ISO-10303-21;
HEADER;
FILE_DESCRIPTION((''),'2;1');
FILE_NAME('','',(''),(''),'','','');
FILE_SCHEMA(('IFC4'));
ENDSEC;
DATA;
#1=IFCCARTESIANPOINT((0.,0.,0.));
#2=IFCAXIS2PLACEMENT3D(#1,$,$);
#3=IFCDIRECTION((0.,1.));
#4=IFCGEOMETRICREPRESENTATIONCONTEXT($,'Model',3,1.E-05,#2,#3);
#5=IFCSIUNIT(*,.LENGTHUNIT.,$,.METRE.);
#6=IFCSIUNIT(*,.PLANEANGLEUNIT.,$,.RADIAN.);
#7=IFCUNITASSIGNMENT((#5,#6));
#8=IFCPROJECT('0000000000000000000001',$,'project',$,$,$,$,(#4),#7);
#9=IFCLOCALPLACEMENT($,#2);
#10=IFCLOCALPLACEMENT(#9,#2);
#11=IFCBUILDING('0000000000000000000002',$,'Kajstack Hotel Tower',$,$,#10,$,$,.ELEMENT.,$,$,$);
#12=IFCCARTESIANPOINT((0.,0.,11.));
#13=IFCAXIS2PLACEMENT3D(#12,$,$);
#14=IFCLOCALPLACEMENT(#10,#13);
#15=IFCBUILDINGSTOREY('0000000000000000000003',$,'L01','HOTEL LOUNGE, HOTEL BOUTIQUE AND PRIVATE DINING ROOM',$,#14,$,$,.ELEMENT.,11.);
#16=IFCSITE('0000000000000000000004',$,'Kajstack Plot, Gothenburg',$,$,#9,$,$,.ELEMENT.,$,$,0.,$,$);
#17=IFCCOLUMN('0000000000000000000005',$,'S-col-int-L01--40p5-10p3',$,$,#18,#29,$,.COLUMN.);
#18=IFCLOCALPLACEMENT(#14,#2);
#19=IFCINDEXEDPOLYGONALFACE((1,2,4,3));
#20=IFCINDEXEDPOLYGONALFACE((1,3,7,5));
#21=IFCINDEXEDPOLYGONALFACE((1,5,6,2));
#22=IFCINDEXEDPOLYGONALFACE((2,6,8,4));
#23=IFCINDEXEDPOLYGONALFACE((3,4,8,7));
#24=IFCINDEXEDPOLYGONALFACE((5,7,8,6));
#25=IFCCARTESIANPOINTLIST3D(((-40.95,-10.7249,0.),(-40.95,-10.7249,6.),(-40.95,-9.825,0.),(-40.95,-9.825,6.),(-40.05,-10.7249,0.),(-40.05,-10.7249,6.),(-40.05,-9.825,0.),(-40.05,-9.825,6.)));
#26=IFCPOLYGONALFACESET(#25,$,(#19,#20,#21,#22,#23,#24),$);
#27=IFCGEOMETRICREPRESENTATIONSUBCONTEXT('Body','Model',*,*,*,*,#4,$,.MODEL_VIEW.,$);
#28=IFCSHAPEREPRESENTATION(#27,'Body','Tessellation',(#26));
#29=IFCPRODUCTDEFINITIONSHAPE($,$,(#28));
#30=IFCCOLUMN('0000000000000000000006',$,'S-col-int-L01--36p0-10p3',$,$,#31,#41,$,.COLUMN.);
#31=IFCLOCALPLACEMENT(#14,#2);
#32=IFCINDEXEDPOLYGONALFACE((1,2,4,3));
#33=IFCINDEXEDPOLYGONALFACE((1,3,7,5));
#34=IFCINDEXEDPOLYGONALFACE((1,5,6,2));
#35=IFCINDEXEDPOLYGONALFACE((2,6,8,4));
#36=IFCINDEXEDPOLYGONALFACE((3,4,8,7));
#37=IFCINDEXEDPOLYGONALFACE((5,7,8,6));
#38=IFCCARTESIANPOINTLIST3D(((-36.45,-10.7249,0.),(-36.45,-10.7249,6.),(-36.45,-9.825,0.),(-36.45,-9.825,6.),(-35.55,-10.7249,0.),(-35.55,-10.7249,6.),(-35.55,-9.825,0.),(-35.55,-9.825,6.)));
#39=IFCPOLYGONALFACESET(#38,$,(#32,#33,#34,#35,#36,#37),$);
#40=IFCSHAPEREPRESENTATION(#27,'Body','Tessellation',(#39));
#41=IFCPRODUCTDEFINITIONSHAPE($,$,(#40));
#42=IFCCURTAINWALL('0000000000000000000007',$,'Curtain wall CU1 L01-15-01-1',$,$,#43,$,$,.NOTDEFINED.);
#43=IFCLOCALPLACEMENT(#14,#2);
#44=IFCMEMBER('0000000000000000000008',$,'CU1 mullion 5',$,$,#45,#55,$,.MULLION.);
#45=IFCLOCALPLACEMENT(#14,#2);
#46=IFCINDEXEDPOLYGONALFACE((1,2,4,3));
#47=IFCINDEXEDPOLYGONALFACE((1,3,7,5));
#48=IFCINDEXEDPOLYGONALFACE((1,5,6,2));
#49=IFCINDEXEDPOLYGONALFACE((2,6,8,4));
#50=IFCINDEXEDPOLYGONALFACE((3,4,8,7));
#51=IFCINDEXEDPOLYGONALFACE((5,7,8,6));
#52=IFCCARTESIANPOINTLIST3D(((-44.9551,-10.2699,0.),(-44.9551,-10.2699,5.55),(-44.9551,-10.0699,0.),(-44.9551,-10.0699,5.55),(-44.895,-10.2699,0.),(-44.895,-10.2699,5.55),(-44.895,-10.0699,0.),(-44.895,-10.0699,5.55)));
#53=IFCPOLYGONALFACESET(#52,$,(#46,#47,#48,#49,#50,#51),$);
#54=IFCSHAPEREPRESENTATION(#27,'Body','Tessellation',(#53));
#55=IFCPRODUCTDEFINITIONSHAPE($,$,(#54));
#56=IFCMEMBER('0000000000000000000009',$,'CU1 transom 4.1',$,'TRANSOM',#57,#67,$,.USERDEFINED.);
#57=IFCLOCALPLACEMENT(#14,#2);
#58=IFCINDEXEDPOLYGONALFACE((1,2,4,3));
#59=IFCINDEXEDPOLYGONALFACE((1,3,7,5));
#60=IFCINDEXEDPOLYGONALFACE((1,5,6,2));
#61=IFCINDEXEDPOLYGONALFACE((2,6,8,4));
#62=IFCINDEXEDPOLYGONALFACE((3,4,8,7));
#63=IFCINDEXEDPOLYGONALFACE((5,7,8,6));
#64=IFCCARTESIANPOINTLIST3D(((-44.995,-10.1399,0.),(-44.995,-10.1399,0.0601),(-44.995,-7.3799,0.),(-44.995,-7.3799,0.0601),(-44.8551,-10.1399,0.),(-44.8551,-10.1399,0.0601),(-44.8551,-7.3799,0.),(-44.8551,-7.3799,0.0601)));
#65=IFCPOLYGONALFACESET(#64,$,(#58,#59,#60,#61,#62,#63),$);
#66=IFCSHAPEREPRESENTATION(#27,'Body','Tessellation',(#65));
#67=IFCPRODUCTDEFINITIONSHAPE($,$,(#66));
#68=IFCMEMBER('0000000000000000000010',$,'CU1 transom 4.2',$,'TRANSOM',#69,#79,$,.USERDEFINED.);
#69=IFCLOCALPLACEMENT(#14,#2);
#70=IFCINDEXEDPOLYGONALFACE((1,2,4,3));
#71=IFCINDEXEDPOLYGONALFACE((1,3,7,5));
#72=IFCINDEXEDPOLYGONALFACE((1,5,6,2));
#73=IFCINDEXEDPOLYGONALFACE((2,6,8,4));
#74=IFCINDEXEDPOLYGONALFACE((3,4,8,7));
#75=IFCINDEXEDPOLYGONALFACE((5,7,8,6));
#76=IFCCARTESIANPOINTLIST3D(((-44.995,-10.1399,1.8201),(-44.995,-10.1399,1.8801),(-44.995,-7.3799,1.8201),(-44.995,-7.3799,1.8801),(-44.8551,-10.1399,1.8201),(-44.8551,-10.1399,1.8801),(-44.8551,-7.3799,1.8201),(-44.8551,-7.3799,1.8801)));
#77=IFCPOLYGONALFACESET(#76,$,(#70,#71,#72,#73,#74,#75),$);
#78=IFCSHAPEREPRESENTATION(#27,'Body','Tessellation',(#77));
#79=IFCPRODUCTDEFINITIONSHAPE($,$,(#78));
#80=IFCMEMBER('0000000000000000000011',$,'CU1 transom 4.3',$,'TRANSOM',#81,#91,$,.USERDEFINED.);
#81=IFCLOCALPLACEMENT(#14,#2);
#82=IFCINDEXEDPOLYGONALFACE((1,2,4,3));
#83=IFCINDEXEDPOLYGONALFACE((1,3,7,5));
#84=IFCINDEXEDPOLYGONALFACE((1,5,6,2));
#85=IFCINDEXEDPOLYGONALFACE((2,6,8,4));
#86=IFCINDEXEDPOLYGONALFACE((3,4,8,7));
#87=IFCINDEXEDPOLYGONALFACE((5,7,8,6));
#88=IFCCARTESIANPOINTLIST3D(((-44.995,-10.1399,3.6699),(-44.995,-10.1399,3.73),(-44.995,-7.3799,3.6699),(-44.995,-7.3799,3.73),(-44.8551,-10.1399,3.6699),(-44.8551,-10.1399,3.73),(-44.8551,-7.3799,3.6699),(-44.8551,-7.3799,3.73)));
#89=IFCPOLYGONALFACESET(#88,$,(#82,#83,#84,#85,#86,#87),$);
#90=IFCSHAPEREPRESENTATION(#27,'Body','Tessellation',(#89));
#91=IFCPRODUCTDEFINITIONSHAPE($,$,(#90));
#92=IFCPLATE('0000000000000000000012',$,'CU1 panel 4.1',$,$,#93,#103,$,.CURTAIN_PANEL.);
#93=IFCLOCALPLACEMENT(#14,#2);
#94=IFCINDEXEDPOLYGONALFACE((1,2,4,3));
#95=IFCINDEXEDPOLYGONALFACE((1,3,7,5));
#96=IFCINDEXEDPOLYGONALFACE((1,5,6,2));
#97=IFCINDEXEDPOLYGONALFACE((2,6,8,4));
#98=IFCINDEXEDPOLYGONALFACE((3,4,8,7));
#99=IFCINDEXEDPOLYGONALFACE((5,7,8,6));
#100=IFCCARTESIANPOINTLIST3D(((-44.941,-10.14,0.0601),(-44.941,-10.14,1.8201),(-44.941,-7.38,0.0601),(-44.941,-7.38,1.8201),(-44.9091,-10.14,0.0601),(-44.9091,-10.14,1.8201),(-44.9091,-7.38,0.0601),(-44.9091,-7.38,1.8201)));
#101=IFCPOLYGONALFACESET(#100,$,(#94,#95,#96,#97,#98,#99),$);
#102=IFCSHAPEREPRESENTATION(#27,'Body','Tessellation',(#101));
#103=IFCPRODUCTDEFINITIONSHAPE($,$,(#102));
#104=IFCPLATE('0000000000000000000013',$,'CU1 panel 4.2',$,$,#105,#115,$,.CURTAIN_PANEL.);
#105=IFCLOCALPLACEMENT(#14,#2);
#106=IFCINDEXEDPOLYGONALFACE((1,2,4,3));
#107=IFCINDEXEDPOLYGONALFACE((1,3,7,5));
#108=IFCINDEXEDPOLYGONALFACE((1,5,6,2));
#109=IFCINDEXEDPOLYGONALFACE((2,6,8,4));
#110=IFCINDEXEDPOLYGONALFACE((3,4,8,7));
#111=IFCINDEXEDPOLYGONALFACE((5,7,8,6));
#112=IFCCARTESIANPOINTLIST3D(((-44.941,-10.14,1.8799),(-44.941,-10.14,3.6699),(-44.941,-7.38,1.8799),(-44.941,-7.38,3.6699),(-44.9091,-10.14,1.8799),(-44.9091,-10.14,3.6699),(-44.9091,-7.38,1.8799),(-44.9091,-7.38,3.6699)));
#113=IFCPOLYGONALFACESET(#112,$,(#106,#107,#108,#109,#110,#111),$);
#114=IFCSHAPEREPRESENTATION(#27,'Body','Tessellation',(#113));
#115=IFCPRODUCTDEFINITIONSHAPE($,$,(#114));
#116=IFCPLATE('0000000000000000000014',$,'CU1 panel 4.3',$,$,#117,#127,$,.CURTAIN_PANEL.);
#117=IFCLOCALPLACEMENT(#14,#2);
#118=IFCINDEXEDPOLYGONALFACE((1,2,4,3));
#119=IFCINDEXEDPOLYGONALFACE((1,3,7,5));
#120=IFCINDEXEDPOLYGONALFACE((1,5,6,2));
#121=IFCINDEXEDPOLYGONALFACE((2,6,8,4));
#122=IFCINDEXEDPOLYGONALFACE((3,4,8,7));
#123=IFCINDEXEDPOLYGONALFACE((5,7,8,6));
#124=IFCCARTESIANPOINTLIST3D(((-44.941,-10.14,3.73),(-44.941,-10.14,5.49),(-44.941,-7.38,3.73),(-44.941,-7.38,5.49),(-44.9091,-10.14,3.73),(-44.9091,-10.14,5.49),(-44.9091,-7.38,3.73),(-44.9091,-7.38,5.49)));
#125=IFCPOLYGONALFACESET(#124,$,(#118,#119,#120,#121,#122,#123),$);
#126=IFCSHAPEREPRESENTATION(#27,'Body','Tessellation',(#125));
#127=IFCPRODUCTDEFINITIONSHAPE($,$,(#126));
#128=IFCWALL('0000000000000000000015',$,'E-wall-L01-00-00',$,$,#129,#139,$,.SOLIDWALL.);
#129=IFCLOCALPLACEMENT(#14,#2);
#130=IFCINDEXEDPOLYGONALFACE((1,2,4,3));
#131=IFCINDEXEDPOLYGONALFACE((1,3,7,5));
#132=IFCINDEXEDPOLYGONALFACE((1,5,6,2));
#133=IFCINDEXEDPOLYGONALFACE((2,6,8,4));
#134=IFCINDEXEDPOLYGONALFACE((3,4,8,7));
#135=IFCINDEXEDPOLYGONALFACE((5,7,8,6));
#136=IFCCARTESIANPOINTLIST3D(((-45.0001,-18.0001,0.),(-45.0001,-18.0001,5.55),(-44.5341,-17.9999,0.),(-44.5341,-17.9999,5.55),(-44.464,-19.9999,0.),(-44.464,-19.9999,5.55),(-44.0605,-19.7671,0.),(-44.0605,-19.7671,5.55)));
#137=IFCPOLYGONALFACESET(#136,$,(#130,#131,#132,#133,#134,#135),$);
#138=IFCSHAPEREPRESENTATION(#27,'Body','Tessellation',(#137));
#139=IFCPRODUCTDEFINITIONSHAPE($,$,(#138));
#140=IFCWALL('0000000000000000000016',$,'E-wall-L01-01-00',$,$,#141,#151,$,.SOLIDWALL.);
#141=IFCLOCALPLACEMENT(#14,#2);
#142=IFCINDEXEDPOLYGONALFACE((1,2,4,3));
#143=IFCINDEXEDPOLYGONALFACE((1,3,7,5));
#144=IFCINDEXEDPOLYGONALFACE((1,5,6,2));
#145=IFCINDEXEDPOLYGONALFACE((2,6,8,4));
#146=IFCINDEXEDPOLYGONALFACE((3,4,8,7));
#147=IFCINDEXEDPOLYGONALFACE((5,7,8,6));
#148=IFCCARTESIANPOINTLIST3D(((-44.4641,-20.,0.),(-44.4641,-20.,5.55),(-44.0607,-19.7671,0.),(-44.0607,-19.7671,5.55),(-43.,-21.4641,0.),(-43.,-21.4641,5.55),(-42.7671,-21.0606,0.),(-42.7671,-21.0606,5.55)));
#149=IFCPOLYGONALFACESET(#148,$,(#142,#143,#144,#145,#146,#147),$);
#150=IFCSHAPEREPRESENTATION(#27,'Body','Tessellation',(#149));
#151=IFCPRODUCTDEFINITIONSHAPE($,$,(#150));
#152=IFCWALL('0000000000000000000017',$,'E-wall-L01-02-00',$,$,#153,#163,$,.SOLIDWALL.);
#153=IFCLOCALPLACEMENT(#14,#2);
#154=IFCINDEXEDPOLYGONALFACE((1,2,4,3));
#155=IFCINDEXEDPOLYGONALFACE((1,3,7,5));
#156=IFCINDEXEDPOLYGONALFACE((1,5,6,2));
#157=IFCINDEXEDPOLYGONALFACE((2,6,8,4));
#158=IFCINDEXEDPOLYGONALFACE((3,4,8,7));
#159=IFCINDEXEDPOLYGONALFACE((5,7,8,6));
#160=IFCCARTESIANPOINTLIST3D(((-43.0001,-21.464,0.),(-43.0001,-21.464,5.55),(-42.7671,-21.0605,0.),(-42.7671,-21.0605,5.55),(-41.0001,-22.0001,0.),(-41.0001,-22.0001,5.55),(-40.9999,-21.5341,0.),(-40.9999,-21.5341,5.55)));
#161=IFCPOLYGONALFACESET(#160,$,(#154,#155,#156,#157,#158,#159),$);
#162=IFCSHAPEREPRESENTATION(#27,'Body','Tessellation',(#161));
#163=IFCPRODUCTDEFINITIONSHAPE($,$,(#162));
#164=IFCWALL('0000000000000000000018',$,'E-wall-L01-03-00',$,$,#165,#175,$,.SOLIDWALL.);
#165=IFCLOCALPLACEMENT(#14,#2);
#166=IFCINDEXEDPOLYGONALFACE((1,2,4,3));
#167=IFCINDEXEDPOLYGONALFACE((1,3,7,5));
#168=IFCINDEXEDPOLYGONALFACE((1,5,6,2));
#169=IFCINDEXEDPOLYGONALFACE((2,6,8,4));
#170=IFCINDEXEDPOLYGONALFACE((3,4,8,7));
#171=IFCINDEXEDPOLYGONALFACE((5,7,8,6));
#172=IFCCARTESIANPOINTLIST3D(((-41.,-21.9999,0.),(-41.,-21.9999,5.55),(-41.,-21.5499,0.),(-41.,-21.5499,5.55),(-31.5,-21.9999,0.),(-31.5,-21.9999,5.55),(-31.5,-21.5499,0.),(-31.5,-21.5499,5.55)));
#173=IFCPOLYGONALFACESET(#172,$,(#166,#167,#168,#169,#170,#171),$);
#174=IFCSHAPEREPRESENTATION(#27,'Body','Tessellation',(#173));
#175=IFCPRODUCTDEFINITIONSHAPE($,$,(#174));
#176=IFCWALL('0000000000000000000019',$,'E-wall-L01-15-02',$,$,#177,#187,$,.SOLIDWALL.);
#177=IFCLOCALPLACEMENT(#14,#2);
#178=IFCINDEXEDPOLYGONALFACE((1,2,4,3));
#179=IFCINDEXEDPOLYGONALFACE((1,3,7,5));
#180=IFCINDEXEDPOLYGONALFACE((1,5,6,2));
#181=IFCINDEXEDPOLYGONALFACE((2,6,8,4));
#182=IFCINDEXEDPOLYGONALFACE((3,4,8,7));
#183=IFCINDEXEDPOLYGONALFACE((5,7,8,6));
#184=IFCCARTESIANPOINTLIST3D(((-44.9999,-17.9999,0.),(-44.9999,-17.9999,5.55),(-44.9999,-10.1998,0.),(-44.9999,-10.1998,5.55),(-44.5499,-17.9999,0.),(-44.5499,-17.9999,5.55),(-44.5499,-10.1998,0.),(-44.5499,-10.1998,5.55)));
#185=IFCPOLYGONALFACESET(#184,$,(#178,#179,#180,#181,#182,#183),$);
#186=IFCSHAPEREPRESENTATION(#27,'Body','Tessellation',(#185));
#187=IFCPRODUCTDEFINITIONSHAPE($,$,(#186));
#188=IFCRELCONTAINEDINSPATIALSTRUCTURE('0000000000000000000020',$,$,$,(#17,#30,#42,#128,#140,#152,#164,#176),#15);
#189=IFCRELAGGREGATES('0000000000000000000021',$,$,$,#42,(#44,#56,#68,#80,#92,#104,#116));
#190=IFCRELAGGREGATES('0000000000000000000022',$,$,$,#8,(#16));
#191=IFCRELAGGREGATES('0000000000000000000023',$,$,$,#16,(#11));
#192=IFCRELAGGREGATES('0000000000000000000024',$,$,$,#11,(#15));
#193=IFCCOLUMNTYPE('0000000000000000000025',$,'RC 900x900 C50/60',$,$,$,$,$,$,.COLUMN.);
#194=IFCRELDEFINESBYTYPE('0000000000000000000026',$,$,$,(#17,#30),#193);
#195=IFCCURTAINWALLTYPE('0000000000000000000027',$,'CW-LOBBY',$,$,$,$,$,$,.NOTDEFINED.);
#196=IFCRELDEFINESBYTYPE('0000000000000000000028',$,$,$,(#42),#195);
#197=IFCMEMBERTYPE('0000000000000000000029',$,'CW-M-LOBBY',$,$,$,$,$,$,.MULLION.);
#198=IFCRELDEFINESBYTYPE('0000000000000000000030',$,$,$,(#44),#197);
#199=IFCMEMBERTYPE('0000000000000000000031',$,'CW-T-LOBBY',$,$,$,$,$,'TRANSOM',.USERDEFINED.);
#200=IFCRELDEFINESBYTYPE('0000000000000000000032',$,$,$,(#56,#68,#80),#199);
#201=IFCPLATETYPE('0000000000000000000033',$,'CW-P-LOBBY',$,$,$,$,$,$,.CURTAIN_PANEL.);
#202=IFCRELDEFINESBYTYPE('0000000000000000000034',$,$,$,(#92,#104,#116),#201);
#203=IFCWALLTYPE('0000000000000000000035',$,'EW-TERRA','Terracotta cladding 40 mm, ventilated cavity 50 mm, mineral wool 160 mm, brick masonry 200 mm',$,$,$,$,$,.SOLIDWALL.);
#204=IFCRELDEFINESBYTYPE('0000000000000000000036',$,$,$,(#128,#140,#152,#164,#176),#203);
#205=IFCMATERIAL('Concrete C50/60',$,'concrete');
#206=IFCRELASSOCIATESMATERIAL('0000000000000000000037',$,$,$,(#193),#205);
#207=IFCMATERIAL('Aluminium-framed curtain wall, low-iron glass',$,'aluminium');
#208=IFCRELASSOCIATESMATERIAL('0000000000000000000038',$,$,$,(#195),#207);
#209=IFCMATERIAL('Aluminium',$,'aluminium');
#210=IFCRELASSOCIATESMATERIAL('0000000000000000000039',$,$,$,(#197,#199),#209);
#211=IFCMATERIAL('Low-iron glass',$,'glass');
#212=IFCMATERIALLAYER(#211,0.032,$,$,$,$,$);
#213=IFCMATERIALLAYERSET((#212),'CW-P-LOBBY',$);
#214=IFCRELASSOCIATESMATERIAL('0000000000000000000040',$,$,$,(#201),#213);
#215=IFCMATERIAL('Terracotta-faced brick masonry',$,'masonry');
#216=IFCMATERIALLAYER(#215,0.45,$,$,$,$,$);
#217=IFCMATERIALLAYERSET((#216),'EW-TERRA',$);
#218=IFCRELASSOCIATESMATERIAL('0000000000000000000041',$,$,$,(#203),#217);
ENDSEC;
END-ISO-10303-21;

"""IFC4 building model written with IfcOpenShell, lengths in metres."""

from ifc_helpers import new_model, si_unit, direction, frame, frame_2d, origin, origin_2d, place, context, subcontext, project, spatial, polyline, rectangle, outline, extrude, material, layer, layer_set, material_profile, profile_set, type_object, element, aggregate, save


model = new_model("IFC4")

# Units and contexts
model_context = context("Model", 3, precision=1e-05, world=origin(), true_north=direction((0.0, 1.0)))
body_context = subcontext(model_context, "Body", "Model", "MODEL_VIEW")
ifc_project = project(units=[si_unit("LENGTHUNIT", "METRE"), si_unit("PLANEANGLEUNIT", "RADIAN")], contexts=[model_context])

# Site, building, storey
site_placement = place(None, origin())
site = spatial("IfcSite", under=ifc_project, at=site_placement, Name="Kajstack Plot, Gothenburg", CompositionType="ELEMENT", RefElevation=0.0)
building_placement = place(site_placement, origin())
building = spatial("IfcBuilding", under=site, at=building_placement, Name="Kajstack Hotel Tower", CompositionType="ELEMENT")
storey_placement = place(building_placement, frame((0.0, 0.0, 11.0)))
storey = spatial("IfcBuildingStorey", under=building, at=storey_placement, Name="L01", Description="HOTEL LOUNGE, HOTEL BOUTIQUE AND PRIVATE DINING ROOM", CompositionType="ELEMENT", Elevation=11.0)

# Columns
ifc_material_1 = material(Name="Concrete C50/60", Category="concrete")
ifc_material_profile_1 = material_profile(ifc_material_1, rectangle(XDim=0.8999, YDim=0.8999, at=origin_2d()), Name="RC 900x900")
ifc_profile_set_1 = profile_set([ifc_material_profile_1], Name="Concrete C50/60")
column_type = type_object("IfcColumnType", Name="RC 900x900 C50/60", PredefinedType="COLUMN", material=ifc_profile_set_1)
for number, where, z_axis, x_axis, name in (
    (1, (-40.5, -10.2749, 0.0), (0.0, 0.0, 1.0), (1.0, 0.0, 0.0), "S-col-int-L01--40p5-10p3"),
    (2, (-36.0, -10.2749, 0.0), (0.0, 0.0, 1.0), (1.0, 0.0, 0.0), "S-col-int-L01--36p0-10p3"),
):
    element("IfcColumn", number, at=place(storey_placement, frame(where, z_axis=z_axis, x_axis=x_axis)), inside=storey, type_object=column_type, Name=name, PredefinedType="COLUMN", context=body_context, shape_type="SweptSolid", body=[
        extrude(rectangle(XDim=0.8999, YDim=0.8999, at=origin_2d()), origin(), (0.0, 0.0, 1.0), 6.0),
    ])

# Curtain wall, members, plates
ifc_material_2 = material(Name="Aluminium-framed curtain wall, low-iron glass", Category="aluminium")
curtain_wall_type = type_object("IfcCurtainWallType", Name="CW-LOBBY", PredefinedType="NOTDEFINED", material=ifc_material_2)
curtain_wall_placement = place(storey_placement, origin())
curtain_wall = element("IfcCurtainWall", 3, at=curtain_wall_placement, inside=storey, type_object=curtain_wall_type, Name="Curtain wall CU1 L01-15-01-1", PredefinedType="NOTDEFINED")
ifc_material_3 = material(Name="Aluminium", Category="aluminium")
ifc_material_profile_2 = material_profile(ifc_material_3, rectangle(XDim=0.0601, YDim=0.2, at=origin_2d()), Name="Aluminium mullion 60 x 200")
ifc_profile_set_2 = profile_set([ifc_material_profile_2], Name="Aluminium")
member_type_1 = type_object("IfcMemberType", Name="CW-M-LOBBY", PredefinedType="MULLION", material=ifc_profile_set_2)
member_1_placement = place(storey_placement, frame((-44.925, -10.1699, 0.0), z_axis=(0.0, 0.0, 1.0), x_axis=(1.0, 0.0, 0.0)))
member_1 = element("IfcMember", 4, at=member_1_placement, type_object=member_type_1, Name="CU1 mullion 5", PredefinedType="MULLION", context=body_context, shape_type="SweptSolid", body=[
    extrude(rectangle(XDim=0.0601, YDim=0.2, at=origin_2d()), origin(), (0.0, 0.0, 1.0), 5.55),
])
ifc_material_profile_3 = material_profile(ifc_material_3, rectangle(XDim=0.1399, YDim=0.0601, at=origin_2d()), Name="Aluminium transom 140 x 60")
ifc_profile_set_3 = profile_set([ifc_material_profile_3], Name="Aluminium")
member_type_2 = type_object("IfcMemberType", Name="CW-T-LOBBY", ElementType="TRANSOM", PredefinedType="USERDEFINED", material=ifc_profile_set_3)
member_2_placement = place(storey_placement, frame((-44.925, -7.3799, 0.03), z_axis=(0.0, -1.0, 0.0), x_axis=(1.0, 0.0, 0.0)))
member_2 = element("IfcMember", 5, at=member_2_placement, type_object=member_type_2, Name="CU1 transom 4.1", ObjectType="TRANSOM", PredefinedType="USERDEFINED", context=body_context, shape_type="SweptSolid", body=[
    extrude(rectangle(XDim=0.1399, YDim=0.0601, at=origin_2d()), origin(), (0.0, 0.0, 1.0), 2.76),
])
member_3_placement = place(storey_placement, frame((-44.925, -7.3799, 1.8501), z_axis=(0.0, -1.0, 0.0), x_axis=(1.0, 0.0, 0.0)))
member_3 = element("IfcMember", 6, at=member_3_placement, type_object=member_type_2, Name="CU1 transom 4.2", ObjectType="TRANSOM", PredefinedType="USERDEFINED", context=body_context, shape_type="SweptSolid", body=[
    extrude(rectangle(XDim=0.1399, YDim=0.0601, at=origin_2d()), origin(), (0.0, 0.0, 1.0), 2.76),
])
member_4_placement = place(storey_placement, frame((-44.925, -7.3799, 3.7), z_axis=(0.0, -1.0, 0.0), x_axis=(1.0, 0.0, 0.0)))
member_4 = element("IfcMember", 7, at=member_4_placement, type_object=member_type_2, Name="CU1 transom 4.3", ObjectType="TRANSOM", PredefinedType="USERDEFINED", context=body_context, shape_type="SweptSolid", body=[
    extrude(rectangle(XDim=0.1399, YDim=0.0601, at=origin_2d()), origin(), (0.0, 0.0, 1.0), 2.76),
])
ifc_material_4 = material(Name="Low-iron glass", Category="glass")
ifc_layer_1 = layer(ifc_material_4, 0.032)
ifc_layer_set_1 = layer_set([ifc_layer_1], Name="CW-P-LOBBY")
plate_type = type_object("IfcPlateType", Name="CW-P-LOBBY", PredefinedType="CURTAIN_PANEL", material=ifc_layer_set_1)
plate_1_placement = place(storey_placement, frame((-44.925, -8.76, 0.0601), z_axis=(0.0, 0.0, 1.0), x_axis=(0.0, -1.0, 0.0)))
plate_1 = element("IfcPlate", 8, at=plate_1_placement, type_object=plate_type, Name="CU1 panel 4.1", PredefinedType="CURTAIN_PANEL", context=body_context, shape_type="SweptSolid", body=[
    extrude(rectangle(XDim=2.76, YDim=0.032, at=origin_2d()), origin(), (0.0, 0.0, 1.0), 1.76),
])
plate_2_placement = place(storey_placement, frame((-44.925, -8.76, 1.8799), z_axis=(0.0, 0.0, 1.0), x_axis=(0.0, -1.0, 0.0)))
plate_2 = element("IfcPlate", 9, at=plate_2_placement, type_object=plate_type, Name="CU1 panel 4.2", PredefinedType="CURTAIN_PANEL", context=body_context, shape_type="SweptSolid", body=[
    extrude(rectangle(XDim=2.76, YDim=0.032, at=origin_2d()), origin(), (0.0, 0.0, 1.0), 1.79),
])
plate_3_placement = place(storey_placement, frame((-44.925, -8.76, 3.73), z_axis=(0.0, 0.0, 1.0), x_axis=(0.0, -1.0, 0.0)))
plate_3 = element("IfcPlate", 10, at=plate_3_placement, type_object=plate_type, Name="CU1 panel 4.3", PredefinedType="CURTAIN_PANEL", context=body_context, shape_type="SweptSolid", body=[
    extrude(rectangle(XDim=2.76, YDim=0.032, at=origin_2d()), origin(), (0.0, 0.0, 1.0), 1.76),
])
aggregate(curtain_wall, [member_1, member_2, member_3, member_4, plate_1, plate_2, plate_3])

# Walls
ifc_material_5 = material(Name="Terracotta-faced brick masonry", Category="masonry")
ifc_layer_2 = layer(ifc_material_5, 0.45)
ifc_layer_set_2 = layer_set([ifc_layer_2], Name="EW-TERRA")
wall_type_1 = type_object("IfcWallType", Name="EW-TERRA", Description="Terracotta cladding 40 mm, ventilated cavity 50 mm, mineral wool 160 mm, brick masonry 200 mm", PredefinedType="SOLIDWALL", material=ifc_layer_set_2)
wall_1_placement = place(storey_placement, frame((-44.7827, -17.9417, 0.0), z_axis=(0.0, 0.0, 1.0), x_axis=(0.258815, -0.965927, 0.0)))
element("IfcWall", 11, at=wall_1_placement, inside=storey, type_object=wall_type_1, Name="E-wall-L01-00-00", PredefinedType="SOLIDWALL", context=body_context, shape_type="SweptSolid", body=[
    extrude(outline(polyline([(0.0002, -0.2251), (2.0706, -0.2249), (1.9502, 0.2251), (0.1206, 0.2251), (0.0002, -0.2251)])), origin(), (0.0, 0.0, 1.0), 5.55),
])
wall_2_placement = place(storey_placement, frame((-44.3049, -19.8408, 0.0), z_axis=(0.0, 0.0, 1.0), x_axis=(0.707107, -0.707107, 0.0)))
element("IfcWall", 12, at=wall_2_placement, inside=storey, type_object=wall_type_1, Name="E-wall-L01-01-00", PredefinedType="SOLIDWALL", context=body_context, shape_type="SweptSolid", body=[
    extrude(outline(polyline([(0.0, -0.2251), (2.0706, -0.2251), (1.95, 0.2249), (0.1206, 0.2249), (0.0, -0.2251)])), origin(), (0.0, 0.0, 1.0), 5.55),
])
wall_3_placement = place(storey_placement, frame((-42.9417, -21.2468, 0.0), z_axis=(0.0, 0.0, 1.0), x_axis=(0.965927, -0.258815, 0.0)))
element("IfcWall", 13, at=wall_3_placement, inside=storey, type_object=wall_type_1, Name="E-wall-L01-02-00", PredefinedType="SOLIDWALL", context=body_context, shape_type="SweptSolid", body=[
    extrude(outline(polyline([(-0.0002, -0.2249), (2.0703, -0.2251), (1.95, 0.2251), (0.1204, 0.2251), (-0.0002, -0.2249)])), origin(), (0.0, 0.0, 1.0), 5.55),
])
wall_4_placement = place(storey_placement, frame((-41.0, -21.7749, 0.0), z_axis=(0.0, 0.0, 1.0), x_axis=(1.0, 0.0, 0.0)))
element("IfcWall", 14, at=wall_4_placement, inside=storey, type_object=wall_type_1, Name="E-wall-L01-03-00", PredefinedType="SOLIDWALL", context=body_context, shape_type="SweptSolid", body=[
    extrude(rectangle(XDim=9.5, YDim=0.45, at=frame_2d((4.75, 0.0))), origin(), (0.0, 0.0, 1.0), 5.55),
])
wall_5_placement = place(storey_placement, frame((-44.7749, -10.2, 0.0), z_axis=(0.0, 0.0, 1.0), x_axis=(0.0, -1.0, 0.0)))
element("IfcWall", 15, at=wall_5_placement, inside=storey, type_object=wall_type_1, Name="E-wall-L01-15-02", PredefinedType="SOLIDWALL", context=body_context, shape_type="SweptSolid", body=[
    extrude(rectangle(XDim=7.8, YDim=0.45, at=frame_2d((3.8999, 0.0))), origin(), (0.0, 0.0, 1.0), 5.55),
])

save(model, "model.ifc")
